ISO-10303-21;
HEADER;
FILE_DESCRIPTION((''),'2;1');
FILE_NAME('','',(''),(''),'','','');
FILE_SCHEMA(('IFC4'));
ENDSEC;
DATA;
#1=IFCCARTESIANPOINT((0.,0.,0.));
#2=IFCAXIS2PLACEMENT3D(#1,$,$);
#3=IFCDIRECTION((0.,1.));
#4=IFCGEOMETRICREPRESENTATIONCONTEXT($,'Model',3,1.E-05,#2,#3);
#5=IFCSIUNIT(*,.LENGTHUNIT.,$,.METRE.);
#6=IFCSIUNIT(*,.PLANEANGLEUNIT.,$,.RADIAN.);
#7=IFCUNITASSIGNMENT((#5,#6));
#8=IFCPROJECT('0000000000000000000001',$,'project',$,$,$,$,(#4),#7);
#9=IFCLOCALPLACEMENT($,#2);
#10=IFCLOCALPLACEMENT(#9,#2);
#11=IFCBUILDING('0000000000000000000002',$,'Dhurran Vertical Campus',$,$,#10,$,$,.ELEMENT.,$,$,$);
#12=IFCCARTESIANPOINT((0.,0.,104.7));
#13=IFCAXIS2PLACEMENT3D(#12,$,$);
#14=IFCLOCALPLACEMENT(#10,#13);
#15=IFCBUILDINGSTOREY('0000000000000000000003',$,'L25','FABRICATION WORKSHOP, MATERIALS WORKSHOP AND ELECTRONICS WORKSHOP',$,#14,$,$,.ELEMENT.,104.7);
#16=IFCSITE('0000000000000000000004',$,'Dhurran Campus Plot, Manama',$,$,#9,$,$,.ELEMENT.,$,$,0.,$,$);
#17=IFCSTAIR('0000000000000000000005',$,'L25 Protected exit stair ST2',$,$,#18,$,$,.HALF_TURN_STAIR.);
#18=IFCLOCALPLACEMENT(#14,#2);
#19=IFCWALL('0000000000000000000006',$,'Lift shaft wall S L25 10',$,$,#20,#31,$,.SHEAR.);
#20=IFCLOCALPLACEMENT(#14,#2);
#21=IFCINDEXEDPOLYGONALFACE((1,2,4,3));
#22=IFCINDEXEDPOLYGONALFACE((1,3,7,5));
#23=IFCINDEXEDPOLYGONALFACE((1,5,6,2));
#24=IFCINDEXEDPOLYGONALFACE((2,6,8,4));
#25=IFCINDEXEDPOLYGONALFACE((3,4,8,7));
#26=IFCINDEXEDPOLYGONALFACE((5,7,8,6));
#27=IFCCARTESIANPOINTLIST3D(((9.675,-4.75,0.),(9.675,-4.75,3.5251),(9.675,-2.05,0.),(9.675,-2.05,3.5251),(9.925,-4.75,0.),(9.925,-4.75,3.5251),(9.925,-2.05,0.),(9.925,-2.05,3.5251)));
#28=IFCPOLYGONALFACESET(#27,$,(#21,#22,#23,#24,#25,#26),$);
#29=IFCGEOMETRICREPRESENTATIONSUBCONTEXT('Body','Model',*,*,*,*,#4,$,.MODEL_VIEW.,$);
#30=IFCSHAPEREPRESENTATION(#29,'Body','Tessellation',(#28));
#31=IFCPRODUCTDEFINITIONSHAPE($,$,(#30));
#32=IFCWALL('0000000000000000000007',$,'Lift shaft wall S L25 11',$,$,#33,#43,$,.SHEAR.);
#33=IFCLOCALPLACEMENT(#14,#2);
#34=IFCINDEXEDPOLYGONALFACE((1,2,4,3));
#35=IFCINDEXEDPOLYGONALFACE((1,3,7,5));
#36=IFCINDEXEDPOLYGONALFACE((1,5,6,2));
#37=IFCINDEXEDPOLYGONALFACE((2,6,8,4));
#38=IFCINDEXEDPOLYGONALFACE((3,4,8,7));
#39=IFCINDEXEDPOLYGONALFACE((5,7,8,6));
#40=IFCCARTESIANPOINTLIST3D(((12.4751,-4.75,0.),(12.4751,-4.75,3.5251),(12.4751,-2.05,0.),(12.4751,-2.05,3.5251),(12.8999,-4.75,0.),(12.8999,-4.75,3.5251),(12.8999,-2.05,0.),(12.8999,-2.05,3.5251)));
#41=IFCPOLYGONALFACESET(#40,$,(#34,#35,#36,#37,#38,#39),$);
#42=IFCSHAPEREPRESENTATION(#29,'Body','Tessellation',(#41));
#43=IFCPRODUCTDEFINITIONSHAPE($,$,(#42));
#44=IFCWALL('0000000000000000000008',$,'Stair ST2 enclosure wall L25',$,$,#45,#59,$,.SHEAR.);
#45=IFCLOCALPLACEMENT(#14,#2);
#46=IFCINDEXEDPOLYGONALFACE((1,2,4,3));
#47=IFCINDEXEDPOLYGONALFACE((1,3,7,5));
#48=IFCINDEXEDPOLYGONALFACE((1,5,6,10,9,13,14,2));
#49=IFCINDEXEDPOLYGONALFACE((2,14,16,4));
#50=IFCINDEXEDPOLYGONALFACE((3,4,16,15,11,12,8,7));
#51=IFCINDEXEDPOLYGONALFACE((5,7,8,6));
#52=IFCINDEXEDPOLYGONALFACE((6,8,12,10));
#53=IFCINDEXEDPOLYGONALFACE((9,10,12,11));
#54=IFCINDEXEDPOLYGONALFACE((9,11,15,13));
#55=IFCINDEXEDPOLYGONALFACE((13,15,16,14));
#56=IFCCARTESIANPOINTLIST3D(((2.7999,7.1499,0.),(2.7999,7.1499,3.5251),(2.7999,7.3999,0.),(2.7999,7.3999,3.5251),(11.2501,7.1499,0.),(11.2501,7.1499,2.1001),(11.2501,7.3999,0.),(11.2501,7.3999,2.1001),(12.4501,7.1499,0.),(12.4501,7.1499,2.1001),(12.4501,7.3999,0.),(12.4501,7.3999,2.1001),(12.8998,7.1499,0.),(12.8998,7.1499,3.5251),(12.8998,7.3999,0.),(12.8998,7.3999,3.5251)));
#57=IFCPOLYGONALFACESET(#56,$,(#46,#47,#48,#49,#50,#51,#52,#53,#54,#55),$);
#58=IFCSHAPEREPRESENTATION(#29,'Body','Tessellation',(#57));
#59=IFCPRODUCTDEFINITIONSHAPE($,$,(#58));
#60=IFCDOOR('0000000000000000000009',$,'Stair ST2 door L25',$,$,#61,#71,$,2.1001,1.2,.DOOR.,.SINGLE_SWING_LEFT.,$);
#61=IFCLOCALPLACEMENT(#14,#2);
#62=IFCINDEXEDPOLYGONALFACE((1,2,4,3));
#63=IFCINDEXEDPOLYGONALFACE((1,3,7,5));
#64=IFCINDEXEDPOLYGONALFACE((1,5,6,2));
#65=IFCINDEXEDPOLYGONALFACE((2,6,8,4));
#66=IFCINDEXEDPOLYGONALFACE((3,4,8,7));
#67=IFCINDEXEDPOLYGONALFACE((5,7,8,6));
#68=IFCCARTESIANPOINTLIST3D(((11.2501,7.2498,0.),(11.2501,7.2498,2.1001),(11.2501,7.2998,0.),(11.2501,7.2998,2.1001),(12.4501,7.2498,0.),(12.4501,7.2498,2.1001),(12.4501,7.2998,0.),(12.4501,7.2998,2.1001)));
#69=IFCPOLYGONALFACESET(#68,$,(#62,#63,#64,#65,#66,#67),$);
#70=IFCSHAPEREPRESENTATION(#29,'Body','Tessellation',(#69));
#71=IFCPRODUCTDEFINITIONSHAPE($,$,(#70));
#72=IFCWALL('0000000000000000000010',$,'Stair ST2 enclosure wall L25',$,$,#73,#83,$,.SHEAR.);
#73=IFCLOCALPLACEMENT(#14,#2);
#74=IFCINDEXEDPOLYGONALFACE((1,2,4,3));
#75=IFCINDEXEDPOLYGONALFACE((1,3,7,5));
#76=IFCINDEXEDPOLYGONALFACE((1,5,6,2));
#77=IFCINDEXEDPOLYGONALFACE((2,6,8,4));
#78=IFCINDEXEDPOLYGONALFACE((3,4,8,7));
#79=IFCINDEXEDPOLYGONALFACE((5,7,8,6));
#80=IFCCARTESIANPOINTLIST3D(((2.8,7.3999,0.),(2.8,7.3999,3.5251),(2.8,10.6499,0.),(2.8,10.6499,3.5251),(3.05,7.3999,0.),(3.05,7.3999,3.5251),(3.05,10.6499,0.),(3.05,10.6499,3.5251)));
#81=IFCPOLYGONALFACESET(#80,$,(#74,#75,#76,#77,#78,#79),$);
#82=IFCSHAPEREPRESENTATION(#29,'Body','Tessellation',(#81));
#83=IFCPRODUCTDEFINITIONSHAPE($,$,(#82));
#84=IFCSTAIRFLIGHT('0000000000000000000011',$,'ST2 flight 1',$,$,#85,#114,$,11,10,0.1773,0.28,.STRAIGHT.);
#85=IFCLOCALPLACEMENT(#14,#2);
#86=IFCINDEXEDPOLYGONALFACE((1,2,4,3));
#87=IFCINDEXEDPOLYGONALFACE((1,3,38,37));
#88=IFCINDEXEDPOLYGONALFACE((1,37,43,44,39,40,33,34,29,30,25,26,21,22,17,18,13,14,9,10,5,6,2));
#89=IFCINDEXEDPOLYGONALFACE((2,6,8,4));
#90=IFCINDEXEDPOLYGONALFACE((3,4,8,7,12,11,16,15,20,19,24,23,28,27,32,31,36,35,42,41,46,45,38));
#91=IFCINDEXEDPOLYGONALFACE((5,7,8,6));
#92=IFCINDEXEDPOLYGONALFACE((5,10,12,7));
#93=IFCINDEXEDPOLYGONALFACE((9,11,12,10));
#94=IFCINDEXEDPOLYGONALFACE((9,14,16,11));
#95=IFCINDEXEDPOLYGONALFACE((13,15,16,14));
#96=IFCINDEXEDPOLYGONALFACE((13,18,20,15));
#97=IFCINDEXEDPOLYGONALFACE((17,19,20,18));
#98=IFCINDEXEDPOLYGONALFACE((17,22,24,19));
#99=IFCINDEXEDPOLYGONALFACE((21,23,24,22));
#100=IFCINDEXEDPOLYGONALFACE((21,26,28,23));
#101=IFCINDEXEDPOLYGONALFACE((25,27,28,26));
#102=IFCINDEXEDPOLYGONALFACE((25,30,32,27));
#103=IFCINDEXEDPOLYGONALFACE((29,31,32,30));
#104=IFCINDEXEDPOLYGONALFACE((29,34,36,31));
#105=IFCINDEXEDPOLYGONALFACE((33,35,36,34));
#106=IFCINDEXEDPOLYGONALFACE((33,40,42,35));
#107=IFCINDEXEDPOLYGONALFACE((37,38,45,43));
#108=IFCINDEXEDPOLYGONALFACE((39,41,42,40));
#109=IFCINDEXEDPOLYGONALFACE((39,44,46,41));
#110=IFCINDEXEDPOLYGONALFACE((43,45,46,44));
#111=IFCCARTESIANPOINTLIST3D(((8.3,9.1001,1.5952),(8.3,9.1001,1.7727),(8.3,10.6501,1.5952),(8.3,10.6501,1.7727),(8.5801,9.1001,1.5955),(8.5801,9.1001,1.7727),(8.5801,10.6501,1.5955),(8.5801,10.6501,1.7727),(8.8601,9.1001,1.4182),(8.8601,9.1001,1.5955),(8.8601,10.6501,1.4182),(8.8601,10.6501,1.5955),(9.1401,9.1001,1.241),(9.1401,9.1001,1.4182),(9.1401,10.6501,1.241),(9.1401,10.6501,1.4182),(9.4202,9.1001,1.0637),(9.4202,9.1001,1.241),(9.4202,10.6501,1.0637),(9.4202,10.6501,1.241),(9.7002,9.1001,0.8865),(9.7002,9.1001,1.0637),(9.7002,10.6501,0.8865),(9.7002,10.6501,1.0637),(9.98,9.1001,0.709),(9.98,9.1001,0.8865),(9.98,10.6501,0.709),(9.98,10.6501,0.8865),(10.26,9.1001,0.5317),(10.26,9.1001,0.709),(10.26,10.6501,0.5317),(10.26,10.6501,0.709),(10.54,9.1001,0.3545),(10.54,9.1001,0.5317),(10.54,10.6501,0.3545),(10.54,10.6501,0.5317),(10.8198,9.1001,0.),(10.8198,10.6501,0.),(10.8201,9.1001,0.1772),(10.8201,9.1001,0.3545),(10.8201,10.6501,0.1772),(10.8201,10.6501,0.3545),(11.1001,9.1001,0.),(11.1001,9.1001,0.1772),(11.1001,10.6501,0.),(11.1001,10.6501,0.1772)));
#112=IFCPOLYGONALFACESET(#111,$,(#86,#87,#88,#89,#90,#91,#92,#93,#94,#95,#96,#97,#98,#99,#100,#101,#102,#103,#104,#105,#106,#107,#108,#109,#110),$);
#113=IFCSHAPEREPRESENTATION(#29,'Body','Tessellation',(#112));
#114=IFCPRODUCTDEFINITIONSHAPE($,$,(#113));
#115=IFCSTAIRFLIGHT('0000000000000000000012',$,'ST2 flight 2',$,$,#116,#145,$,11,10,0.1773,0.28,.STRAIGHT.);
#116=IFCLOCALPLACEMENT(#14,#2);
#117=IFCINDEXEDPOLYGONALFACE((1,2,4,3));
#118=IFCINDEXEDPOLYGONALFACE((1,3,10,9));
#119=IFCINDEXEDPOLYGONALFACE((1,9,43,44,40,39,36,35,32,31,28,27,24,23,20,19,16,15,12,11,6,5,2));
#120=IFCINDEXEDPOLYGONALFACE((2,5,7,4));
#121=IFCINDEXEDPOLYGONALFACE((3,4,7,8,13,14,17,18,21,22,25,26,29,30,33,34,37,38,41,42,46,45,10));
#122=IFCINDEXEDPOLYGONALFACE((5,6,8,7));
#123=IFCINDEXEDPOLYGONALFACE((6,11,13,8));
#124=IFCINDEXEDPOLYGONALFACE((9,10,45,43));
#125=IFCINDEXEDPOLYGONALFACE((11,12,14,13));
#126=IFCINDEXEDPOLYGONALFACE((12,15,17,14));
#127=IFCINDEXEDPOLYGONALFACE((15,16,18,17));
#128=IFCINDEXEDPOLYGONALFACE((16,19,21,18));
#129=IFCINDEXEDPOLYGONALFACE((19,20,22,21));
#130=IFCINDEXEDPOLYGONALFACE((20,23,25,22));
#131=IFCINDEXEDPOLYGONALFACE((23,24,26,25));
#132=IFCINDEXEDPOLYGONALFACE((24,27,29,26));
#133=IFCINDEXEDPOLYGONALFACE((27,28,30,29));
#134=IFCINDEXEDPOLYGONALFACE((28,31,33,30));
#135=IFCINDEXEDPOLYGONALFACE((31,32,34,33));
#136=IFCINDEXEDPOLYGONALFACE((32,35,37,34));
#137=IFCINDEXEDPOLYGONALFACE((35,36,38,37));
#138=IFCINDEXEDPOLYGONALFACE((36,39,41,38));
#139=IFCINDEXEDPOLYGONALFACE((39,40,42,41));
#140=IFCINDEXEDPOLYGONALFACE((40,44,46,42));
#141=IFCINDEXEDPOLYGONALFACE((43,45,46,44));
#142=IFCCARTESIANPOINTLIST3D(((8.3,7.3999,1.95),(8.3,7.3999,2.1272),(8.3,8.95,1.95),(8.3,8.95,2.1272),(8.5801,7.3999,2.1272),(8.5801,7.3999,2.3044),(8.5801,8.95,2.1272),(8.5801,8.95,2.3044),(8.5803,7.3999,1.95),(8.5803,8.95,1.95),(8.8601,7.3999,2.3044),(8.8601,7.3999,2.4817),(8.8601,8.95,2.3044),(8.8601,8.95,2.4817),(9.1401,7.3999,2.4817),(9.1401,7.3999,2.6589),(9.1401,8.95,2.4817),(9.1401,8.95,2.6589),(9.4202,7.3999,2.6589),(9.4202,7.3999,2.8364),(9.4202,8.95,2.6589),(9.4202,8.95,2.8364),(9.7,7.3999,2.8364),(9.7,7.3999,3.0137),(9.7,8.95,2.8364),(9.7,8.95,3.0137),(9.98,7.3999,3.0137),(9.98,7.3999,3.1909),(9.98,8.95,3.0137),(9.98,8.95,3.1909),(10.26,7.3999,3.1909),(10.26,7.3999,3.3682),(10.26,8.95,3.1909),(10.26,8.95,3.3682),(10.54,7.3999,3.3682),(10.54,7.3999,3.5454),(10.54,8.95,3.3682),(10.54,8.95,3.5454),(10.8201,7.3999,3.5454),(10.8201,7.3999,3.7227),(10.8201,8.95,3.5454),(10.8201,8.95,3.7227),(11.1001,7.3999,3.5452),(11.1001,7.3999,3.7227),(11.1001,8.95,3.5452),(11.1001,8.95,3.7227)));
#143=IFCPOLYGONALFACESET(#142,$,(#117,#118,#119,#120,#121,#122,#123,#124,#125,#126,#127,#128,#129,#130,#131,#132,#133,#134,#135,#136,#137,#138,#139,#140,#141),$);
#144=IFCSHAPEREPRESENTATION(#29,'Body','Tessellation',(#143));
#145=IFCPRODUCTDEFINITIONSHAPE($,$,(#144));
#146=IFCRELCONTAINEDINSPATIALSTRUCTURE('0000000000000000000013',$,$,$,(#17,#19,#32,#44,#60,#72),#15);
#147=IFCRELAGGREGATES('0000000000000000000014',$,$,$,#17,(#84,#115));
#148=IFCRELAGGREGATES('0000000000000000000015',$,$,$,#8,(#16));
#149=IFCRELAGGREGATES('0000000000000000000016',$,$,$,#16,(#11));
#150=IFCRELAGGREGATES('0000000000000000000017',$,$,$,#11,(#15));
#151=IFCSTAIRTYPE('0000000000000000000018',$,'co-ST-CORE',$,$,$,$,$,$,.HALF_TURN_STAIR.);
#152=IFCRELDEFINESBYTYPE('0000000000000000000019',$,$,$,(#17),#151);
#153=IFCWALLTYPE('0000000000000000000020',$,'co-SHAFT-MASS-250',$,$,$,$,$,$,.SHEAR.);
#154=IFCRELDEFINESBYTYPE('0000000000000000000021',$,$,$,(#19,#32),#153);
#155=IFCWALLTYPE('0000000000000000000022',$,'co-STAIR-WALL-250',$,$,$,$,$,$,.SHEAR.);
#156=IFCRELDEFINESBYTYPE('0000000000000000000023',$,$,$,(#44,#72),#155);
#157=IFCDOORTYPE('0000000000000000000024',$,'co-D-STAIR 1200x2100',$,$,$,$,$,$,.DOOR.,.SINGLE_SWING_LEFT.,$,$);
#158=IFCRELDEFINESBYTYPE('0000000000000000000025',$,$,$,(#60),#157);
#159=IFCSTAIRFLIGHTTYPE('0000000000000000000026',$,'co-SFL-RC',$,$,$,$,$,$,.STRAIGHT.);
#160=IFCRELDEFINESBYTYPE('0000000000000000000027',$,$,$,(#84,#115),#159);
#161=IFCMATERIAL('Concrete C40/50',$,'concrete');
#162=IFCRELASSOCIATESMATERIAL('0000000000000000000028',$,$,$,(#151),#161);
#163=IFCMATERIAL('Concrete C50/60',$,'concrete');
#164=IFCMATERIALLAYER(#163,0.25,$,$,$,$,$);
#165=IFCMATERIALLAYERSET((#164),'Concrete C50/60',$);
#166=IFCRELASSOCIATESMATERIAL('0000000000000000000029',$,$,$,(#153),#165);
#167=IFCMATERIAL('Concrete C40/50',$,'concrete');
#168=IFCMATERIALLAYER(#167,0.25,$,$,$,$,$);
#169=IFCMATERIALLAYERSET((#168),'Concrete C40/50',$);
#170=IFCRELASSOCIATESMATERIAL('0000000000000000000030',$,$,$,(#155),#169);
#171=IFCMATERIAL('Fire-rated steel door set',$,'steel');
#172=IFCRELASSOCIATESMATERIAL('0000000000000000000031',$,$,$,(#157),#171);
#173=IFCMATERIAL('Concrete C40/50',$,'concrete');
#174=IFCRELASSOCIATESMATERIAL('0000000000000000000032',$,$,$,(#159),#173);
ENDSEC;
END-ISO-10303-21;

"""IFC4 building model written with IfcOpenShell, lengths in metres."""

from ifc_helpers import new_model, si_unit, direction, frame, frame_2d, origin, place, context, subcontext, project, spatial, polyline, rectangle, outline, extrude, material, layer, layer_set, type_object, element, fill, aggregate, save


model = new_model("IFC4")

# Units and contexts
model_context = context("Model", 3, precision=1e-05, world=origin(), true_north=direction((0.0, 1.0)))
body_context = subcontext(model_context, "Body", "Model", "MODEL_VIEW")
ifc_project = project(units=[si_unit("LENGTHUNIT", "METRE"), si_unit("PLANEANGLEUNIT", "RADIAN")], contexts=[model_context])

# Site, building, storey
site_placement = place(None, origin())
site = spatial("IfcSite", under=ifc_project, at=site_placement, Name="Dhurran Campus Plot, Manama", CompositionType="ELEMENT", RefElevation=0.0)
building_placement = place(site_placement, origin())
building = spatial("IfcBuilding", under=site, at=building_placement, Name="Dhurran Vertical Campus", CompositionType="ELEMENT")
storey_placement = place(building_placement, frame((0.0, 0.0, 104.7)))
storey = spatial("IfcBuildingStorey", under=building, at=storey_placement, Name="L25", Description="FABRICATION WORKSHOP, MATERIALS WORKSHOP AND ELECTRONICS WORKSHOP", CompositionType="ELEMENT", Elevation=104.7)

# Stair
ifc_material_1 = material(Name="Concrete C40/50", Category="concrete")
stair_type = type_object("IfcStairType", Name="co-ST-CORE", PredefinedType="HALF_TURN_STAIR", material=ifc_material_1)
stair_1_placement = place(storey_placement, origin())
stair_1 = element("IfcStair", 1, at=stair_1_placement, inside=storey, type_object=stair_type, Name="L25 Protected exit stair ST2", PredefinedType="HALF_TURN_STAIR")

# Walls
ifc_material_2 = material(Name="Concrete C50/60", Category="concrete")
ifc_layer_1 = layer(ifc_material_2, 0.25)
ifc_layer_set_1 = layer_set([ifc_layer_1], Name="Concrete C50/60")
wall_type_1 = type_object("IfcWallType", Name="co-SHAFT-MASS-250", PredefinedType="SHEAR", material=ifc_layer_set_1)
wall_1_placement = place(storey_placement, origin())
element("IfcWall", 2, at=wall_1_placement, inside=storey, type_object=wall_type_1, Name="Lift shaft wall S L25 10", PredefinedType="SHEAR", context=body_context, shape_type="SweptSolid", body=[
    extrude(outline(polyline([(9.675, -4.75), (9.925, -4.75), (9.925, -2.05), (9.675, -2.05), (9.675, -4.75)])), origin(), (0.0, 0.0, 1.0), 3.5251),
])
wall_2_placement = place(storey_placement, origin())
element("IfcWall", 3, at=wall_2_placement, inside=storey, type_object=wall_type_1, Name="Lift shaft wall S L25 11", PredefinedType="SHEAR", context=body_context, shape_type="SweptSolid", body=[
    extrude(outline(polyline([(12.4751, -4.75), (12.8999, -4.75), (12.8999, -2.05), (12.4751, -2.05), (12.4751, -4.75)])), origin(), (0.0, 0.0, 1.0), 3.5251),
])

# Wall, opening, door
ifc_material_3 = material(Name="Concrete C40/50", Category="concrete")
ifc_layer_2 = layer(ifc_material_3, 0.25)
ifc_layer_set_2 = layer_set([ifc_layer_2], Name="Concrete C40/50")
wall_type_2 = type_object("IfcWallType", Name="co-STAIR-WALL-250", PredefinedType="SHEAR", material=ifc_layer_set_2)
wall_3_placement = place(storey_placement, frame((2.8, 7.2749, 0.0), z_axis=(0.0, 0.0, 1.0), x_axis=(1.0, 0.0, 0.0)))
wall_3 = element("IfcWall", 4, at=wall_3_placement, inside=storey, type_object=wall_type_2, Name="Stair ST2 enclosure wall L25", PredefinedType="SHEAR", context=body_context, shape_type="SweptSolid", body=[
    extrude(rectangle(XDim=10.0999, YDim=0.25, at=frame_2d((5.0498, 0.0))), origin(), (0.0, 0.0, 1.0), 3.5251),
])
opening_1_placement = place(wall_3_placement, frame((8.45, 0.0, 0.0)))
opening_1 = element("IfcOpeningElement", 5, at=opening_1_placement, cuts=wall_3, PredefinedType="OPENING", context=body_context, shape_type="SweptSolid", body=[
    extrude(rectangle(XDim=1.2, YDim=2.1001, at=frame_2d((0.6001, 1.05))), frame((0.0, 0.135, 0.0), z_axis=(0.0, -1.0, 0.0), x_axis=(1.0, 0.0, 0.0)), (0.0, 0.0, 1.0), 0.27),
])
ifc_material_4 = material(Name="Fire-rated steel door set", Category="steel")
door_type_1 = type_object("IfcDoorType", Name="co-D-STAIR 1200x2100", OperationType="SINGLE_SWING_LEFT", PredefinedType="DOOR", material=ifc_material_4)
door_1_placement = place(opening_1_placement, origin())
door_1 = element("IfcDoor", 6, at=door_1_placement, inside=storey, type_object=door_type_1, Name="Stair ST2 door L25", OperationType="SINGLE_SWING_LEFT", OverallHeight=2.1001, OverallWidth=1.2, PredefinedType="DOOR", context=body_context, shape_type="SweptSolid", body=[
    extrude(rectangle(XDim=1.2, YDim=2.1001, at=frame_2d((0.6001, 1.05))), frame((0.0, 0.0249, 0.0), z_axis=(0.0, -1.0, 0.0), x_axis=(1.0, 0.0, 0.0)), (0.0, 0.0, 1.0), 0.05),
])
fill(opening_1, door_1)

# Wall
wall_4_placement = place(storey_placement, frame((2.925, 7.3999, 0.0), z_axis=(0.0, 0.0, 1.0), x_axis=(0.0, 1.0, 0.0)))
element("IfcWall", 7, at=wall_4_placement, inside=storey, type_object=wall_type_2, Name="Stair ST2 enclosure wall L25", PredefinedType="SHEAR", context=body_context, shape_type="SweptSolid", body=[
    extrude(rectangle(XDim=3.25, YDim=0.25, at=frame_2d((1.625, 0.0))), origin(), (0.0, 0.0, 1.0), 3.5251),
])

# Stair flights
ifc_material_5 = material(Name="Concrete C40/50", Category="concrete")
stair_flight_type = type_object("IfcStairFlightType", Name="co-SFL-RC", PredefinedType="STRAIGHT", material=ifc_material_5)
stair_flight_1_placement = place(storey_placement, frame((11.1001, 9.875, 0.0), z_axis=(0.0, 0.0, 1.0), x_axis=(-1.0, 0.0, 0.0)))
stair_flight_1 = element("IfcStairFlight", 8, at=stair_flight_1_placement, type_object=stair_flight_type, Name="ST2 flight 1", NumberOfRisers=11, NumberOfTreads=10, PredefinedType="STRAIGHT", RiserHeight=0.1773, TreadLength=0.28, context=body_context, shape_type="SweptSolid", body=[
    extrude(outline(polyline([(0.0, 0.0), (0.0, 0.1772), (0.28, 0.1772), (0.28, 0.3545), (0.5601, 0.3545), (0.5601, 0.5317), (0.8401, 0.5317), (0.8401, 0.709), (1.1201, 0.709), (1.1201, 0.8865), (1.3999, 0.8865), (1.3999, 1.0637), (1.6799, 1.0637), (1.6799, 1.241), (1.96, 1.241), (1.96, 1.4182), (2.24, 1.4182), (2.24, 1.5955), (2.52, 1.5955), (2.52, 1.7727), (2.8, 1.7727), (2.8, 1.95), (2.8, 1.5952), (0.2803, 0.0), (0.0, 0.0)])), frame((0.0, 0.7749, 0.0), z_axis=(0.0, -1.0, 0.0), x_axis=(1.0, 0.0, 0.0)), (0.0, 0.0, 1.0), 1.55),
])
stair_flight_2_placement = place(storey_placement, frame((8.3, 8.175, 1.95), z_axis=(0.0, 0.0, 1.0), x_axis=(1.0, 0.0, 0.0)))
stair_flight_2 = element("IfcStairFlight", 9, at=stair_flight_2_placement, type_object=stair_flight_type, Name="ST2 flight 2", NumberOfRisers=11, NumberOfTreads=10, PredefinedType="STRAIGHT", RiserHeight=0.1773, TreadLength=0.28, context=body_context, shape_type="SweptSolid", body=[
    extrude(outline(polyline([(0.0, 0.0), (0.0, 0.1772), (0.28, 0.1772), (0.28, 0.3545), (0.5601, 0.3545), (0.5601, 0.5317), (0.8401, 0.5317), (0.8401, 0.709), (1.1201, 0.709), (1.1201, 0.8865), (1.3999, 0.8865), (1.3999, 1.0637), (1.6799, 1.0637), (1.6799, 1.241), (1.96, 1.241), (1.96, 1.4182), (2.24, 1.4182), (2.24, 1.5955), (2.52, 1.5955), (2.52, 1.7727), (2.8, 1.7727), (2.8, 1.95), (2.8, 1.5952), (0.2803, 0.0), (0.0, 0.0)])), frame((0.0, 0.7749, 0.0), z_axis=(0.0, -1.0, 0.0), x_axis=(1.0, 0.0, 0.0)), (0.0, 0.0, 1.0), 1.55),
])
aggregate(stair_1, [stair_flight_1, stair_flight_2])

save(model, "model.ifc")
